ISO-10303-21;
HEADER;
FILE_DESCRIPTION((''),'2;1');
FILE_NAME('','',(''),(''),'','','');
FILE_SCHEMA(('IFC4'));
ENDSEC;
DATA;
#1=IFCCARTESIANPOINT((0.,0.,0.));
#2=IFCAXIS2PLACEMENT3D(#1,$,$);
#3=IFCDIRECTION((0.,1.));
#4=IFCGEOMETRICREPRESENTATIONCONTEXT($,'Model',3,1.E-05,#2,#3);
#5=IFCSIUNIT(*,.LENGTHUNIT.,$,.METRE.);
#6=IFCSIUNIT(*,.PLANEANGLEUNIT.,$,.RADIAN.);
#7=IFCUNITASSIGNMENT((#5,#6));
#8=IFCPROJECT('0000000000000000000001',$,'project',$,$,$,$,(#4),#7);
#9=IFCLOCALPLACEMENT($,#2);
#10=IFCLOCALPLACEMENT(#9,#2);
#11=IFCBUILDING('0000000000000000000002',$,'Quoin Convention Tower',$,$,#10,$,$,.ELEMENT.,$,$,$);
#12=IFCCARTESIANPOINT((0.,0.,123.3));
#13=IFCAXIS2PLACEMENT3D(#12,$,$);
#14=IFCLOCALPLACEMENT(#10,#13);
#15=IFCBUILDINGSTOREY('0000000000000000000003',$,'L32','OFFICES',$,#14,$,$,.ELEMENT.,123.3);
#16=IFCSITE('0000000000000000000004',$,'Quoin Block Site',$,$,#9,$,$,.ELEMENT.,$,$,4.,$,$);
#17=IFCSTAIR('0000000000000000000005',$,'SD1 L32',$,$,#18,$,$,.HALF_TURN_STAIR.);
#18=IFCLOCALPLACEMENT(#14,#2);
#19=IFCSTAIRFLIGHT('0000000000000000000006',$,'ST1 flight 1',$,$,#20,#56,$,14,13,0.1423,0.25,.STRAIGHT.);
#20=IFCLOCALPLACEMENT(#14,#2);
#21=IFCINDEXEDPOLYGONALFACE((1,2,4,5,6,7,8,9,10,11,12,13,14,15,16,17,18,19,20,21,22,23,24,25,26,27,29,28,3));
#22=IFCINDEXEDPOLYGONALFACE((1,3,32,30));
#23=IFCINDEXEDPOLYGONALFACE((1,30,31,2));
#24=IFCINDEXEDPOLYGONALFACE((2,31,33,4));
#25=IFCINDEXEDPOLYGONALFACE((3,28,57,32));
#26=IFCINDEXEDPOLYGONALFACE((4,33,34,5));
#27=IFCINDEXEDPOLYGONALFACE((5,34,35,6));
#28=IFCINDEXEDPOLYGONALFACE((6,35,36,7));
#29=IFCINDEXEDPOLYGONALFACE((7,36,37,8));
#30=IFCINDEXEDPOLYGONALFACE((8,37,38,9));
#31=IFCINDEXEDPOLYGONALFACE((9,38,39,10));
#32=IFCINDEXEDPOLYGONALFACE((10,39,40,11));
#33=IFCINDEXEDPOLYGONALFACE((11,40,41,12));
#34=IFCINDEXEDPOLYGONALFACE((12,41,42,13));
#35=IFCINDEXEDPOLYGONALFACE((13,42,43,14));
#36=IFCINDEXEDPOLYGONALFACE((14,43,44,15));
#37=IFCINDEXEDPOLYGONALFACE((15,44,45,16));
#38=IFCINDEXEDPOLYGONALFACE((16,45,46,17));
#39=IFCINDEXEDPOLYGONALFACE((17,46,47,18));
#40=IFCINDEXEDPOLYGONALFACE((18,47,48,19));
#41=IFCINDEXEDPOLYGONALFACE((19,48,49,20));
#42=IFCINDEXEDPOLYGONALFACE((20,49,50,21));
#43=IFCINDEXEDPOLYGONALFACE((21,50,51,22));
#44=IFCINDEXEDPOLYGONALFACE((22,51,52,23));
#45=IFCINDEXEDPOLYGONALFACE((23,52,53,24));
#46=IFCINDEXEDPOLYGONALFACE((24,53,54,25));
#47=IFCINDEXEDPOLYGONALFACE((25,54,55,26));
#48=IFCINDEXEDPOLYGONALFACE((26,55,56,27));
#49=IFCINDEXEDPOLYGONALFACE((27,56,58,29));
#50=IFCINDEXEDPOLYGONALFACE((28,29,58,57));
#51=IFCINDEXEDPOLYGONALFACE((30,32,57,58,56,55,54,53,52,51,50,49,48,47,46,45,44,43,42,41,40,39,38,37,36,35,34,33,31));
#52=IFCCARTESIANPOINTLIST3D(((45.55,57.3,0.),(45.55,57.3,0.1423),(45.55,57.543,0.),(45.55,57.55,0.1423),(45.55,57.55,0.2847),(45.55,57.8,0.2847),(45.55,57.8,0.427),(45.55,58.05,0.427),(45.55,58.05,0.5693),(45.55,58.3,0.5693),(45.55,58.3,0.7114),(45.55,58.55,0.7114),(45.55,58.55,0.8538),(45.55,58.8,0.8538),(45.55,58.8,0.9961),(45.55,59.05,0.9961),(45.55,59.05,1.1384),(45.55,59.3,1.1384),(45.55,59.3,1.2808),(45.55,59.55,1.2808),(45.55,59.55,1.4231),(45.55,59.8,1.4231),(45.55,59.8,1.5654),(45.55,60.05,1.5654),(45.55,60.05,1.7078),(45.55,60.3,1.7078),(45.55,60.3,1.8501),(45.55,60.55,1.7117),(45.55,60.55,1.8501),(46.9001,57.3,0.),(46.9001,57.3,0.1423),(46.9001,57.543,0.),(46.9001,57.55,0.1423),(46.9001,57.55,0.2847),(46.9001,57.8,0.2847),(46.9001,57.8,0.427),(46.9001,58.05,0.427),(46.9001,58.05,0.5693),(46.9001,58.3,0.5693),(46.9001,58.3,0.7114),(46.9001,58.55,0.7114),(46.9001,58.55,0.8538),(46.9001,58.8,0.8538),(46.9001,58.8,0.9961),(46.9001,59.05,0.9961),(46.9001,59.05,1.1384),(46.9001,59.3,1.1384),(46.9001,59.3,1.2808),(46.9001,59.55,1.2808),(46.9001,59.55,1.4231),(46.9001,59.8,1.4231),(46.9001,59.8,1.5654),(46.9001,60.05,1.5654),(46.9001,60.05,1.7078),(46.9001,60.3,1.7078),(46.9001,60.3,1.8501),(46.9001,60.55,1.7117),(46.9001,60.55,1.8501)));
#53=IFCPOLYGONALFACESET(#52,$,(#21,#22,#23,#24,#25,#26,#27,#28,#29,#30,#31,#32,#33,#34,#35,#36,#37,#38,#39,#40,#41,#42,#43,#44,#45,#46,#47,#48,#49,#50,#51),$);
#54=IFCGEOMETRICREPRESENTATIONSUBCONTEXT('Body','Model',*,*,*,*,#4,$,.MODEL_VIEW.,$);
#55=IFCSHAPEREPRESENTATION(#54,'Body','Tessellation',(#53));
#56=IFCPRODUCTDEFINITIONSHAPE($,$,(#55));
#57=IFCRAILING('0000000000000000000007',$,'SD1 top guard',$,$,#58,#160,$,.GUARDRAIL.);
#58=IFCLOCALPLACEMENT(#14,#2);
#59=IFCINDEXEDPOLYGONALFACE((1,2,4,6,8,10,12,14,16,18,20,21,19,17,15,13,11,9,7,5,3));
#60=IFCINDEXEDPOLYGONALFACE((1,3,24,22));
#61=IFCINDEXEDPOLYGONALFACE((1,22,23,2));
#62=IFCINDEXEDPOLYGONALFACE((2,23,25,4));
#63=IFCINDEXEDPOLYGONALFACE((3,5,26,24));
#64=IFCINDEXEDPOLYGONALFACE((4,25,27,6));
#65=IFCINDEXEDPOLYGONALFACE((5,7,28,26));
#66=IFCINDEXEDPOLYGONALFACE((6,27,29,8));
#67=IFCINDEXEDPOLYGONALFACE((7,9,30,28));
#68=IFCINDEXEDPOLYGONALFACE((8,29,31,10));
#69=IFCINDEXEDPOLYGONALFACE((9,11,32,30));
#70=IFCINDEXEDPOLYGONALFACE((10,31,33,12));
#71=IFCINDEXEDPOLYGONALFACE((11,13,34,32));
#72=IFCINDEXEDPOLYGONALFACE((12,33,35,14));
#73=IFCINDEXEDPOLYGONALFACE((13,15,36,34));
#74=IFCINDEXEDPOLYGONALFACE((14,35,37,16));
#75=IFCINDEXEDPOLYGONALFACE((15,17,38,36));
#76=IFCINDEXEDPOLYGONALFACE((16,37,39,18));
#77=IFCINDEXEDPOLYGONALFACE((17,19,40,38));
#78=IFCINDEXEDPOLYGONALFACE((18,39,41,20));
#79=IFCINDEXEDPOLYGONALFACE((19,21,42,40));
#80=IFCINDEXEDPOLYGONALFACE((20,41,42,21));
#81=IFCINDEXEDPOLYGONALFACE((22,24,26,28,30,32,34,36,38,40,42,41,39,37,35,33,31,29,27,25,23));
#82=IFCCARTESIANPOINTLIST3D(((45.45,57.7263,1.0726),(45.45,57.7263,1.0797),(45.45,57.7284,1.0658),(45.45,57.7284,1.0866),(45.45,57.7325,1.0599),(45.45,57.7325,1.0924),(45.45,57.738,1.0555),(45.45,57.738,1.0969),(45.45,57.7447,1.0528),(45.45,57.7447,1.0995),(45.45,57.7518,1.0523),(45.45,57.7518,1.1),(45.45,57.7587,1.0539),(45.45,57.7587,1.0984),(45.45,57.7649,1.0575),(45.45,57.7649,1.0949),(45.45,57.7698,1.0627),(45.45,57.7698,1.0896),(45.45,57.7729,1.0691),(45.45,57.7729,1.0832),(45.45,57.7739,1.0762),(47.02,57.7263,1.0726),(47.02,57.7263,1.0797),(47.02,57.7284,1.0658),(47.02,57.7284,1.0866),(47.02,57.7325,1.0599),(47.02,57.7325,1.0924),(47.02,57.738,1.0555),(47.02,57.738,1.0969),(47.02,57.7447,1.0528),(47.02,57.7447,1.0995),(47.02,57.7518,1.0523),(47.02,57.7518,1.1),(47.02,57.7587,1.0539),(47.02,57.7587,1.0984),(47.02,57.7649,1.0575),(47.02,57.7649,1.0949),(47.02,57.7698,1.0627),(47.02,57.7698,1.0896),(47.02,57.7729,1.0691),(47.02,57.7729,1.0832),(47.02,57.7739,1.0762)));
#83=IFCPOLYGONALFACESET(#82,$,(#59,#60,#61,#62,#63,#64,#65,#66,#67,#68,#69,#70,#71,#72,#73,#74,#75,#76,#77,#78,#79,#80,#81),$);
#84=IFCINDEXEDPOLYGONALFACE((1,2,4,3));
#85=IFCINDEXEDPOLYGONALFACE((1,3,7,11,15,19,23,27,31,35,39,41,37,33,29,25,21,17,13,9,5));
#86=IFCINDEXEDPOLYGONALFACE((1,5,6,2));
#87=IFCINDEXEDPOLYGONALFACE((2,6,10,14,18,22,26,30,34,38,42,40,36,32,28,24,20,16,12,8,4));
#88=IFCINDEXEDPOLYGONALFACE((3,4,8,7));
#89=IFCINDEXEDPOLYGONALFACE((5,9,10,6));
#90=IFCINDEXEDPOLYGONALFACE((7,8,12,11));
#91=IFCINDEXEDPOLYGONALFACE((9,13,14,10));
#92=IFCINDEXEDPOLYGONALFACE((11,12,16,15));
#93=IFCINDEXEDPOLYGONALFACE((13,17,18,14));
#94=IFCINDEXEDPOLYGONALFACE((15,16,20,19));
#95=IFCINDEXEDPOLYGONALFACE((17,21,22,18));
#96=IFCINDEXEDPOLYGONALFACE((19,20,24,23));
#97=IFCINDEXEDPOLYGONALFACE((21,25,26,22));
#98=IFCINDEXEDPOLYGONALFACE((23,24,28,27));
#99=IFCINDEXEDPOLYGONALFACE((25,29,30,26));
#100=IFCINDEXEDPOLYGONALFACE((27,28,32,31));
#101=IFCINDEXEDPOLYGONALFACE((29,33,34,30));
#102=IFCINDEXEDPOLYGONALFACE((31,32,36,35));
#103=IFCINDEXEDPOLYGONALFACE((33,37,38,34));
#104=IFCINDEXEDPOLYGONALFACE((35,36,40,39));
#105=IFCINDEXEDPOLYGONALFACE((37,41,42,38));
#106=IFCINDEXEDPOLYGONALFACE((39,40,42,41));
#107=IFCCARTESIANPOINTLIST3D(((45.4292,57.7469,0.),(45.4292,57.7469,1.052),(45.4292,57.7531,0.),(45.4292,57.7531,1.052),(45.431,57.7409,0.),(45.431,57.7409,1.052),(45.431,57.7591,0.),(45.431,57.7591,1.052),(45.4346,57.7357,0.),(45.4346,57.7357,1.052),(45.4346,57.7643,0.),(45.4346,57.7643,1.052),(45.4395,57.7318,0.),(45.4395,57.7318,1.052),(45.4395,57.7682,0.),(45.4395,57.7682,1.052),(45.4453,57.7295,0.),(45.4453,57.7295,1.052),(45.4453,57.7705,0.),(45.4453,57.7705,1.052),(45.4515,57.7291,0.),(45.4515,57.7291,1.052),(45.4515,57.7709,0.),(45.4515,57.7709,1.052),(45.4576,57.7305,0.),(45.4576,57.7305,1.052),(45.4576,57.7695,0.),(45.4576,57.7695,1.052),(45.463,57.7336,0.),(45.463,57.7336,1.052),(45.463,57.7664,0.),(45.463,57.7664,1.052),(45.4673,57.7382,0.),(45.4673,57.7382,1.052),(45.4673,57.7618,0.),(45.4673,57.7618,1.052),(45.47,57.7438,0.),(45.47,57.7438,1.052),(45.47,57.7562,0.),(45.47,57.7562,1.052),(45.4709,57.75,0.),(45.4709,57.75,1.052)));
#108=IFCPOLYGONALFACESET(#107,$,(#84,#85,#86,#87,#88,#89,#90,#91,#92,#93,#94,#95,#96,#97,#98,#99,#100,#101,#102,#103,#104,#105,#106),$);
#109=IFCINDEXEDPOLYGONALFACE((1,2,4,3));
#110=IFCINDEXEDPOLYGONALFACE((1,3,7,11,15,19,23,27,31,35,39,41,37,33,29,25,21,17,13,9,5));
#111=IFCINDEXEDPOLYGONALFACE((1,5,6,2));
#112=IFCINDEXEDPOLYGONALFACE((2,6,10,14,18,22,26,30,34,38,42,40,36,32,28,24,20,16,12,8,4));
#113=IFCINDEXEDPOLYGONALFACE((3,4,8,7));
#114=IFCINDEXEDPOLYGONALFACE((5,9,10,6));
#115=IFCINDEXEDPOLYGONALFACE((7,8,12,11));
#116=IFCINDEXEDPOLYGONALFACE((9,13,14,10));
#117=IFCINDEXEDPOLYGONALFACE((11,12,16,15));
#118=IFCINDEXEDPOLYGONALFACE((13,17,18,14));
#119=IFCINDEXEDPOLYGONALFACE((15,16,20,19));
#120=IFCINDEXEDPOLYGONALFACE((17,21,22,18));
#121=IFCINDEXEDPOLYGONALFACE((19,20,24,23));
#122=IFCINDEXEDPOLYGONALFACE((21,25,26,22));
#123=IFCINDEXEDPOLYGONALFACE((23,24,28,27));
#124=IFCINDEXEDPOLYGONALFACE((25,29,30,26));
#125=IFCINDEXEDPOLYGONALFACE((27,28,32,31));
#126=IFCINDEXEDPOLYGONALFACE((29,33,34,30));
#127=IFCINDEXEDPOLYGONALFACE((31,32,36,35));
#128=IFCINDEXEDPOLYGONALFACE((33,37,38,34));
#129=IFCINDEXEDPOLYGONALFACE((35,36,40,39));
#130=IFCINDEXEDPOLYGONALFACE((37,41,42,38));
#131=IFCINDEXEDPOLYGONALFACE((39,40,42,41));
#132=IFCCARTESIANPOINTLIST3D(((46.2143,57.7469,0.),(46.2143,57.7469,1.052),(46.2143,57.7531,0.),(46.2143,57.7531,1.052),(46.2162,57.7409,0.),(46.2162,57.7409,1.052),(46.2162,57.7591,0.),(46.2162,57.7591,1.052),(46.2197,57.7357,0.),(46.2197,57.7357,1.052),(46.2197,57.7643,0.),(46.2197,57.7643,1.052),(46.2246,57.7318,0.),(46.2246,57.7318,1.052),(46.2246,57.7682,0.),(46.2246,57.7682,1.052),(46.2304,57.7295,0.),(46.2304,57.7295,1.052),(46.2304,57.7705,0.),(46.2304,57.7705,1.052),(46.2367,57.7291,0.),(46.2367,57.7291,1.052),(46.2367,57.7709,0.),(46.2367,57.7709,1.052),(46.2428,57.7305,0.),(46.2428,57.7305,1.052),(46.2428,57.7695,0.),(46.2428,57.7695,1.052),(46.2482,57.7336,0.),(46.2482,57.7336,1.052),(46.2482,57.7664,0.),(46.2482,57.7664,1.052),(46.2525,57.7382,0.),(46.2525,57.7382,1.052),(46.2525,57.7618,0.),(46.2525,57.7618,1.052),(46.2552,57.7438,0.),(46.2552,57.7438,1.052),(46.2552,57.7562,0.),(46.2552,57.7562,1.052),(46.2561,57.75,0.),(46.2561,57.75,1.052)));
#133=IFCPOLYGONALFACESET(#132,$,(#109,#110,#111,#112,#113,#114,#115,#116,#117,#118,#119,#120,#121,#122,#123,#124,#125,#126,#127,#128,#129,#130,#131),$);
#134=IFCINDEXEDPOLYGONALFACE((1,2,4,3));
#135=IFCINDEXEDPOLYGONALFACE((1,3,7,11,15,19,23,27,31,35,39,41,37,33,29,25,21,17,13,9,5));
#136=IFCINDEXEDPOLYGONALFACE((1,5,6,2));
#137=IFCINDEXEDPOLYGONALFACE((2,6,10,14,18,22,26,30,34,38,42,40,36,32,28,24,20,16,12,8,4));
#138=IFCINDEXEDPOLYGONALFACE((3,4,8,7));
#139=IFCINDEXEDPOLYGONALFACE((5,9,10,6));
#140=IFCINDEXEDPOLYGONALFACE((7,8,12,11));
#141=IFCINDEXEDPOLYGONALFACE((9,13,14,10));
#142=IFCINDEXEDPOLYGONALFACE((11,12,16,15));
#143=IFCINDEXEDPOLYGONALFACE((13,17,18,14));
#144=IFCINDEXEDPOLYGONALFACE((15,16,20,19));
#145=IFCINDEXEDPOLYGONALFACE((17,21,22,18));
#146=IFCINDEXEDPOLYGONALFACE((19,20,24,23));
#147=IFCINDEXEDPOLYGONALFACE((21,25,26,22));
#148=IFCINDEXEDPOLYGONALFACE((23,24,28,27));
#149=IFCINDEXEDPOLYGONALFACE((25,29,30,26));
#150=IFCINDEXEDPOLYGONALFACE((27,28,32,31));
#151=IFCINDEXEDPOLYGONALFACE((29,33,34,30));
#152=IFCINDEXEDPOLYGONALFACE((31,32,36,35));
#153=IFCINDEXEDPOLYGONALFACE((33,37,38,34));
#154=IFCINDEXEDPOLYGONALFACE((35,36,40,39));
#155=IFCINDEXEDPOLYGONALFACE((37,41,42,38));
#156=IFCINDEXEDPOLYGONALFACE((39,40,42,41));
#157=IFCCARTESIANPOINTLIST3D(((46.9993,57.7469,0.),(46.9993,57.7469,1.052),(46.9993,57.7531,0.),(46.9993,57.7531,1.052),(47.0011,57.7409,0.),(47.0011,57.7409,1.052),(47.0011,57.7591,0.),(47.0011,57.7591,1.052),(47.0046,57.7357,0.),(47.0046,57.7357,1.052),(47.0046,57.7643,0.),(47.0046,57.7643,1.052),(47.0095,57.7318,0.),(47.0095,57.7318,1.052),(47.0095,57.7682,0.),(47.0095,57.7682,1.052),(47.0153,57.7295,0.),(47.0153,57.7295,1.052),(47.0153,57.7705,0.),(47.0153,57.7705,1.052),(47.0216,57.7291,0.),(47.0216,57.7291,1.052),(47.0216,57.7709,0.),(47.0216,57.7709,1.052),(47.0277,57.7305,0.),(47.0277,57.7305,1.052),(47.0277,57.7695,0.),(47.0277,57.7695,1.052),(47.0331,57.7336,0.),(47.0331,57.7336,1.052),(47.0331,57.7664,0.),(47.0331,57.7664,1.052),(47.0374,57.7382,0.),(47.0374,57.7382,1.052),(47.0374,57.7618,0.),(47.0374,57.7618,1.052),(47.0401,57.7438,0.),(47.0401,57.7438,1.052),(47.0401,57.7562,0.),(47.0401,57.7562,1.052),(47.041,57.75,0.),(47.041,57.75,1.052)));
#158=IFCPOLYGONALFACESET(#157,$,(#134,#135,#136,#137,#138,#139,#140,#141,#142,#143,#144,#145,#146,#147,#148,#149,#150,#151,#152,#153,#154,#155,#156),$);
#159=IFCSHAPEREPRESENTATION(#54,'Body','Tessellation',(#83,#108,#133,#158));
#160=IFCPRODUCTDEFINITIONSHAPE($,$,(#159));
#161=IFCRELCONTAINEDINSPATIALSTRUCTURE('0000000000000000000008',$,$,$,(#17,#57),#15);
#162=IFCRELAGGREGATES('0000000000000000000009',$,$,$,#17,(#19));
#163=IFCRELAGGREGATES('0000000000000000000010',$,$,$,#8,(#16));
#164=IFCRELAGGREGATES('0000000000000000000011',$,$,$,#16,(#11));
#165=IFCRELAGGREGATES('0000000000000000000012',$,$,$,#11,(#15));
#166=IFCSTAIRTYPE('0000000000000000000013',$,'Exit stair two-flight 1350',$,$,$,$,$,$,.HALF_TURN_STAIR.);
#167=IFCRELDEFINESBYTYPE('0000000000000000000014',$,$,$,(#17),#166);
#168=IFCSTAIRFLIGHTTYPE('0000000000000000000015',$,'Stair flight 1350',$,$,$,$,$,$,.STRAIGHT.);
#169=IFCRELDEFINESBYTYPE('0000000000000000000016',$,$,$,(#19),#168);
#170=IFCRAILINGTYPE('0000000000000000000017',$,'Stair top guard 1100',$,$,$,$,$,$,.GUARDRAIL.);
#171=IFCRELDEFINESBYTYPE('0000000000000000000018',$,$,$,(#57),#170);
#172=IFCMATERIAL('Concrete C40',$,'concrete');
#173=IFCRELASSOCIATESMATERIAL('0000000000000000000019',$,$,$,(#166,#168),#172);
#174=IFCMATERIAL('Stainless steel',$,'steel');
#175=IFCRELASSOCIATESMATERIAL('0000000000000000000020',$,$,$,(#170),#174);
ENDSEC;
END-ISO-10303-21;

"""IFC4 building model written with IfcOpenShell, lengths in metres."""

from ifc_helpers import new_model, si_unit, direction, frame, origin, origin_2d, place, context, subcontext, project, spatial, polyline, circle, outline, extrude, material, type_object, element, aggregate, save


model = new_model("IFC4")

# Units and contexts
model_context = context("Model", 3, precision=1e-05, world=origin(), true_north=direction((0.0, 1.0)))
body_context = subcontext(model_context, "Body", "Model", "MODEL_VIEW")
ifc_project = project(units=[si_unit("LENGTHUNIT", "METRE"), si_unit("PLANEANGLEUNIT", "RADIAN")], contexts=[model_context])

# Site, building, storey
site_placement = place(None, origin())
site = spatial("IfcSite", under=ifc_project, at=site_placement, Name="Quoin Block Site", CompositionType="ELEMENT", RefElevation=4.0)
building_placement = place(site_placement, origin())
building = spatial("IfcBuilding", under=site, at=building_placement, Name="Quoin Convention Tower", CompositionType="ELEMENT")
storey_placement = place(building_placement, frame((0.0, 0.0, 123.3)))
storey = spatial("IfcBuildingStorey", under=building, at=storey_placement, Name="L32", Description="OFFICES", CompositionType="ELEMENT", Elevation=123.3)

# Stair, stair flight
ifc_material_1 = material(Name="Concrete C40", Category="concrete")
stair_type = type_object("IfcStairType", Name="Exit stair two-flight 1350", PredefinedType="HALF_TURN_STAIR", material=ifc_material_1)
stair_placement = place(storey_placement, origin())
stair = element("IfcStair", 1, at=stair_placement, inside=storey, type_object=stair_type, Name="SD1 L32", PredefinedType="HALF_TURN_STAIR")
stair_flight_type = type_object("IfcStairFlightType", Name="Stair flight 1350", PredefinedType="STRAIGHT", material=ifc_material_1)
stair_flight_placement = place(storey_placement, frame((46.2251, 57.3, 0.0), z_axis=(0.0, 0.0, 1.0), x_axis=(0.0, 1.0, 0.0)))
stair_flight = element("IfcStairFlight", 2, at=stair_flight_placement, type_object=stair_flight_type, Name="ST1 flight 1", NumberOfRisers=14, NumberOfTreads=13, PredefinedType="STRAIGHT", RiserHeight=0.1423, TreadLength=0.25, context=body_context, shape_type="SweptSolid", body=[
    extrude(outline(polyline([(0.0, 0.0), (0.0, 0.1423), (0.25, 0.1423), (0.25, 0.2847), (0.5, 0.2847), (0.5, 0.427), (0.75, 0.427), (0.75, 0.5693), (1.0, 0.5693), (1.0, 0.7114), (1.25, 0.7114), (1.25, 0.8538), (1.5, 0.8538), (1.5, 0.9961), (1.75, 0.9961), (1.75, 1.1384), (2.0, 1.1384), (2.0, 1.2808), (2.25, 1.2808), (2.25, 1.4231), (2.5, 1.4231), (2.5, 1.5654), (2.75, 1.5654), (2.75, 1.7078), (3.0, 1.7078), (3.0, 1.8501), (3.25, 1.8501), (3.25, 1.9922), (3.25, 1.7117), (0.2429, 0.0), (0.0, 0.0)])), frame((0.0, 0.675, 0.0), z_axis=(0.0, -1.0, 0.0), x_axis=(1.0, 0.0, 0.0)), (0.0, 0.0, 1.0), 1.3501),
])
aggregate(stair, [stair_flight])

# Railing
ifc_material_2 = material(Name="Stainless steel", Category="steel")
railing_type_1 = type_object("IfcRailingType", Name="Stair top guard 1100", PredefinedType="GUARDRAIL", material=ifc_material_2)
railing_1_placement = place(storey_placement, frame((45.45, 57.75, 0.0)))
element("IfcRailing", 3, at=railing_1_placement, inside=storey, type_object=railing_type_1, Name="SD1 top guard", PredefinedType="GUARDRAIL", context=body_context, shape_type="SweptSolid", body=[
    extrude(circle(Radius=0.0239, at=origin_2d()), frame((0.0, 0.0, 1.0762), z_axis=(1.0, 0.0, 0.0), x_axis=(0.0, 1.0, 0.0)), (0.0, 0.0, 1.0), 1.5701),
    extrude(circle(Radius=0.021, at=origin_2d()), origin(), (0.0, 0.0, 1.0), 1.052),
    extrude(circle(Radius=0.021, at=origin_2d()), frame((0.7852, 0.0, 0.0)), (0.0, 0.0, 1.0), 1.052),
    extrude(circle(Radius=0.021, at=origin_2d()), frame((1.5701, 0.0, 0.0)), (0.0, 0.0, 1.0), 1.052),
])

save(model, "model.ifc")
